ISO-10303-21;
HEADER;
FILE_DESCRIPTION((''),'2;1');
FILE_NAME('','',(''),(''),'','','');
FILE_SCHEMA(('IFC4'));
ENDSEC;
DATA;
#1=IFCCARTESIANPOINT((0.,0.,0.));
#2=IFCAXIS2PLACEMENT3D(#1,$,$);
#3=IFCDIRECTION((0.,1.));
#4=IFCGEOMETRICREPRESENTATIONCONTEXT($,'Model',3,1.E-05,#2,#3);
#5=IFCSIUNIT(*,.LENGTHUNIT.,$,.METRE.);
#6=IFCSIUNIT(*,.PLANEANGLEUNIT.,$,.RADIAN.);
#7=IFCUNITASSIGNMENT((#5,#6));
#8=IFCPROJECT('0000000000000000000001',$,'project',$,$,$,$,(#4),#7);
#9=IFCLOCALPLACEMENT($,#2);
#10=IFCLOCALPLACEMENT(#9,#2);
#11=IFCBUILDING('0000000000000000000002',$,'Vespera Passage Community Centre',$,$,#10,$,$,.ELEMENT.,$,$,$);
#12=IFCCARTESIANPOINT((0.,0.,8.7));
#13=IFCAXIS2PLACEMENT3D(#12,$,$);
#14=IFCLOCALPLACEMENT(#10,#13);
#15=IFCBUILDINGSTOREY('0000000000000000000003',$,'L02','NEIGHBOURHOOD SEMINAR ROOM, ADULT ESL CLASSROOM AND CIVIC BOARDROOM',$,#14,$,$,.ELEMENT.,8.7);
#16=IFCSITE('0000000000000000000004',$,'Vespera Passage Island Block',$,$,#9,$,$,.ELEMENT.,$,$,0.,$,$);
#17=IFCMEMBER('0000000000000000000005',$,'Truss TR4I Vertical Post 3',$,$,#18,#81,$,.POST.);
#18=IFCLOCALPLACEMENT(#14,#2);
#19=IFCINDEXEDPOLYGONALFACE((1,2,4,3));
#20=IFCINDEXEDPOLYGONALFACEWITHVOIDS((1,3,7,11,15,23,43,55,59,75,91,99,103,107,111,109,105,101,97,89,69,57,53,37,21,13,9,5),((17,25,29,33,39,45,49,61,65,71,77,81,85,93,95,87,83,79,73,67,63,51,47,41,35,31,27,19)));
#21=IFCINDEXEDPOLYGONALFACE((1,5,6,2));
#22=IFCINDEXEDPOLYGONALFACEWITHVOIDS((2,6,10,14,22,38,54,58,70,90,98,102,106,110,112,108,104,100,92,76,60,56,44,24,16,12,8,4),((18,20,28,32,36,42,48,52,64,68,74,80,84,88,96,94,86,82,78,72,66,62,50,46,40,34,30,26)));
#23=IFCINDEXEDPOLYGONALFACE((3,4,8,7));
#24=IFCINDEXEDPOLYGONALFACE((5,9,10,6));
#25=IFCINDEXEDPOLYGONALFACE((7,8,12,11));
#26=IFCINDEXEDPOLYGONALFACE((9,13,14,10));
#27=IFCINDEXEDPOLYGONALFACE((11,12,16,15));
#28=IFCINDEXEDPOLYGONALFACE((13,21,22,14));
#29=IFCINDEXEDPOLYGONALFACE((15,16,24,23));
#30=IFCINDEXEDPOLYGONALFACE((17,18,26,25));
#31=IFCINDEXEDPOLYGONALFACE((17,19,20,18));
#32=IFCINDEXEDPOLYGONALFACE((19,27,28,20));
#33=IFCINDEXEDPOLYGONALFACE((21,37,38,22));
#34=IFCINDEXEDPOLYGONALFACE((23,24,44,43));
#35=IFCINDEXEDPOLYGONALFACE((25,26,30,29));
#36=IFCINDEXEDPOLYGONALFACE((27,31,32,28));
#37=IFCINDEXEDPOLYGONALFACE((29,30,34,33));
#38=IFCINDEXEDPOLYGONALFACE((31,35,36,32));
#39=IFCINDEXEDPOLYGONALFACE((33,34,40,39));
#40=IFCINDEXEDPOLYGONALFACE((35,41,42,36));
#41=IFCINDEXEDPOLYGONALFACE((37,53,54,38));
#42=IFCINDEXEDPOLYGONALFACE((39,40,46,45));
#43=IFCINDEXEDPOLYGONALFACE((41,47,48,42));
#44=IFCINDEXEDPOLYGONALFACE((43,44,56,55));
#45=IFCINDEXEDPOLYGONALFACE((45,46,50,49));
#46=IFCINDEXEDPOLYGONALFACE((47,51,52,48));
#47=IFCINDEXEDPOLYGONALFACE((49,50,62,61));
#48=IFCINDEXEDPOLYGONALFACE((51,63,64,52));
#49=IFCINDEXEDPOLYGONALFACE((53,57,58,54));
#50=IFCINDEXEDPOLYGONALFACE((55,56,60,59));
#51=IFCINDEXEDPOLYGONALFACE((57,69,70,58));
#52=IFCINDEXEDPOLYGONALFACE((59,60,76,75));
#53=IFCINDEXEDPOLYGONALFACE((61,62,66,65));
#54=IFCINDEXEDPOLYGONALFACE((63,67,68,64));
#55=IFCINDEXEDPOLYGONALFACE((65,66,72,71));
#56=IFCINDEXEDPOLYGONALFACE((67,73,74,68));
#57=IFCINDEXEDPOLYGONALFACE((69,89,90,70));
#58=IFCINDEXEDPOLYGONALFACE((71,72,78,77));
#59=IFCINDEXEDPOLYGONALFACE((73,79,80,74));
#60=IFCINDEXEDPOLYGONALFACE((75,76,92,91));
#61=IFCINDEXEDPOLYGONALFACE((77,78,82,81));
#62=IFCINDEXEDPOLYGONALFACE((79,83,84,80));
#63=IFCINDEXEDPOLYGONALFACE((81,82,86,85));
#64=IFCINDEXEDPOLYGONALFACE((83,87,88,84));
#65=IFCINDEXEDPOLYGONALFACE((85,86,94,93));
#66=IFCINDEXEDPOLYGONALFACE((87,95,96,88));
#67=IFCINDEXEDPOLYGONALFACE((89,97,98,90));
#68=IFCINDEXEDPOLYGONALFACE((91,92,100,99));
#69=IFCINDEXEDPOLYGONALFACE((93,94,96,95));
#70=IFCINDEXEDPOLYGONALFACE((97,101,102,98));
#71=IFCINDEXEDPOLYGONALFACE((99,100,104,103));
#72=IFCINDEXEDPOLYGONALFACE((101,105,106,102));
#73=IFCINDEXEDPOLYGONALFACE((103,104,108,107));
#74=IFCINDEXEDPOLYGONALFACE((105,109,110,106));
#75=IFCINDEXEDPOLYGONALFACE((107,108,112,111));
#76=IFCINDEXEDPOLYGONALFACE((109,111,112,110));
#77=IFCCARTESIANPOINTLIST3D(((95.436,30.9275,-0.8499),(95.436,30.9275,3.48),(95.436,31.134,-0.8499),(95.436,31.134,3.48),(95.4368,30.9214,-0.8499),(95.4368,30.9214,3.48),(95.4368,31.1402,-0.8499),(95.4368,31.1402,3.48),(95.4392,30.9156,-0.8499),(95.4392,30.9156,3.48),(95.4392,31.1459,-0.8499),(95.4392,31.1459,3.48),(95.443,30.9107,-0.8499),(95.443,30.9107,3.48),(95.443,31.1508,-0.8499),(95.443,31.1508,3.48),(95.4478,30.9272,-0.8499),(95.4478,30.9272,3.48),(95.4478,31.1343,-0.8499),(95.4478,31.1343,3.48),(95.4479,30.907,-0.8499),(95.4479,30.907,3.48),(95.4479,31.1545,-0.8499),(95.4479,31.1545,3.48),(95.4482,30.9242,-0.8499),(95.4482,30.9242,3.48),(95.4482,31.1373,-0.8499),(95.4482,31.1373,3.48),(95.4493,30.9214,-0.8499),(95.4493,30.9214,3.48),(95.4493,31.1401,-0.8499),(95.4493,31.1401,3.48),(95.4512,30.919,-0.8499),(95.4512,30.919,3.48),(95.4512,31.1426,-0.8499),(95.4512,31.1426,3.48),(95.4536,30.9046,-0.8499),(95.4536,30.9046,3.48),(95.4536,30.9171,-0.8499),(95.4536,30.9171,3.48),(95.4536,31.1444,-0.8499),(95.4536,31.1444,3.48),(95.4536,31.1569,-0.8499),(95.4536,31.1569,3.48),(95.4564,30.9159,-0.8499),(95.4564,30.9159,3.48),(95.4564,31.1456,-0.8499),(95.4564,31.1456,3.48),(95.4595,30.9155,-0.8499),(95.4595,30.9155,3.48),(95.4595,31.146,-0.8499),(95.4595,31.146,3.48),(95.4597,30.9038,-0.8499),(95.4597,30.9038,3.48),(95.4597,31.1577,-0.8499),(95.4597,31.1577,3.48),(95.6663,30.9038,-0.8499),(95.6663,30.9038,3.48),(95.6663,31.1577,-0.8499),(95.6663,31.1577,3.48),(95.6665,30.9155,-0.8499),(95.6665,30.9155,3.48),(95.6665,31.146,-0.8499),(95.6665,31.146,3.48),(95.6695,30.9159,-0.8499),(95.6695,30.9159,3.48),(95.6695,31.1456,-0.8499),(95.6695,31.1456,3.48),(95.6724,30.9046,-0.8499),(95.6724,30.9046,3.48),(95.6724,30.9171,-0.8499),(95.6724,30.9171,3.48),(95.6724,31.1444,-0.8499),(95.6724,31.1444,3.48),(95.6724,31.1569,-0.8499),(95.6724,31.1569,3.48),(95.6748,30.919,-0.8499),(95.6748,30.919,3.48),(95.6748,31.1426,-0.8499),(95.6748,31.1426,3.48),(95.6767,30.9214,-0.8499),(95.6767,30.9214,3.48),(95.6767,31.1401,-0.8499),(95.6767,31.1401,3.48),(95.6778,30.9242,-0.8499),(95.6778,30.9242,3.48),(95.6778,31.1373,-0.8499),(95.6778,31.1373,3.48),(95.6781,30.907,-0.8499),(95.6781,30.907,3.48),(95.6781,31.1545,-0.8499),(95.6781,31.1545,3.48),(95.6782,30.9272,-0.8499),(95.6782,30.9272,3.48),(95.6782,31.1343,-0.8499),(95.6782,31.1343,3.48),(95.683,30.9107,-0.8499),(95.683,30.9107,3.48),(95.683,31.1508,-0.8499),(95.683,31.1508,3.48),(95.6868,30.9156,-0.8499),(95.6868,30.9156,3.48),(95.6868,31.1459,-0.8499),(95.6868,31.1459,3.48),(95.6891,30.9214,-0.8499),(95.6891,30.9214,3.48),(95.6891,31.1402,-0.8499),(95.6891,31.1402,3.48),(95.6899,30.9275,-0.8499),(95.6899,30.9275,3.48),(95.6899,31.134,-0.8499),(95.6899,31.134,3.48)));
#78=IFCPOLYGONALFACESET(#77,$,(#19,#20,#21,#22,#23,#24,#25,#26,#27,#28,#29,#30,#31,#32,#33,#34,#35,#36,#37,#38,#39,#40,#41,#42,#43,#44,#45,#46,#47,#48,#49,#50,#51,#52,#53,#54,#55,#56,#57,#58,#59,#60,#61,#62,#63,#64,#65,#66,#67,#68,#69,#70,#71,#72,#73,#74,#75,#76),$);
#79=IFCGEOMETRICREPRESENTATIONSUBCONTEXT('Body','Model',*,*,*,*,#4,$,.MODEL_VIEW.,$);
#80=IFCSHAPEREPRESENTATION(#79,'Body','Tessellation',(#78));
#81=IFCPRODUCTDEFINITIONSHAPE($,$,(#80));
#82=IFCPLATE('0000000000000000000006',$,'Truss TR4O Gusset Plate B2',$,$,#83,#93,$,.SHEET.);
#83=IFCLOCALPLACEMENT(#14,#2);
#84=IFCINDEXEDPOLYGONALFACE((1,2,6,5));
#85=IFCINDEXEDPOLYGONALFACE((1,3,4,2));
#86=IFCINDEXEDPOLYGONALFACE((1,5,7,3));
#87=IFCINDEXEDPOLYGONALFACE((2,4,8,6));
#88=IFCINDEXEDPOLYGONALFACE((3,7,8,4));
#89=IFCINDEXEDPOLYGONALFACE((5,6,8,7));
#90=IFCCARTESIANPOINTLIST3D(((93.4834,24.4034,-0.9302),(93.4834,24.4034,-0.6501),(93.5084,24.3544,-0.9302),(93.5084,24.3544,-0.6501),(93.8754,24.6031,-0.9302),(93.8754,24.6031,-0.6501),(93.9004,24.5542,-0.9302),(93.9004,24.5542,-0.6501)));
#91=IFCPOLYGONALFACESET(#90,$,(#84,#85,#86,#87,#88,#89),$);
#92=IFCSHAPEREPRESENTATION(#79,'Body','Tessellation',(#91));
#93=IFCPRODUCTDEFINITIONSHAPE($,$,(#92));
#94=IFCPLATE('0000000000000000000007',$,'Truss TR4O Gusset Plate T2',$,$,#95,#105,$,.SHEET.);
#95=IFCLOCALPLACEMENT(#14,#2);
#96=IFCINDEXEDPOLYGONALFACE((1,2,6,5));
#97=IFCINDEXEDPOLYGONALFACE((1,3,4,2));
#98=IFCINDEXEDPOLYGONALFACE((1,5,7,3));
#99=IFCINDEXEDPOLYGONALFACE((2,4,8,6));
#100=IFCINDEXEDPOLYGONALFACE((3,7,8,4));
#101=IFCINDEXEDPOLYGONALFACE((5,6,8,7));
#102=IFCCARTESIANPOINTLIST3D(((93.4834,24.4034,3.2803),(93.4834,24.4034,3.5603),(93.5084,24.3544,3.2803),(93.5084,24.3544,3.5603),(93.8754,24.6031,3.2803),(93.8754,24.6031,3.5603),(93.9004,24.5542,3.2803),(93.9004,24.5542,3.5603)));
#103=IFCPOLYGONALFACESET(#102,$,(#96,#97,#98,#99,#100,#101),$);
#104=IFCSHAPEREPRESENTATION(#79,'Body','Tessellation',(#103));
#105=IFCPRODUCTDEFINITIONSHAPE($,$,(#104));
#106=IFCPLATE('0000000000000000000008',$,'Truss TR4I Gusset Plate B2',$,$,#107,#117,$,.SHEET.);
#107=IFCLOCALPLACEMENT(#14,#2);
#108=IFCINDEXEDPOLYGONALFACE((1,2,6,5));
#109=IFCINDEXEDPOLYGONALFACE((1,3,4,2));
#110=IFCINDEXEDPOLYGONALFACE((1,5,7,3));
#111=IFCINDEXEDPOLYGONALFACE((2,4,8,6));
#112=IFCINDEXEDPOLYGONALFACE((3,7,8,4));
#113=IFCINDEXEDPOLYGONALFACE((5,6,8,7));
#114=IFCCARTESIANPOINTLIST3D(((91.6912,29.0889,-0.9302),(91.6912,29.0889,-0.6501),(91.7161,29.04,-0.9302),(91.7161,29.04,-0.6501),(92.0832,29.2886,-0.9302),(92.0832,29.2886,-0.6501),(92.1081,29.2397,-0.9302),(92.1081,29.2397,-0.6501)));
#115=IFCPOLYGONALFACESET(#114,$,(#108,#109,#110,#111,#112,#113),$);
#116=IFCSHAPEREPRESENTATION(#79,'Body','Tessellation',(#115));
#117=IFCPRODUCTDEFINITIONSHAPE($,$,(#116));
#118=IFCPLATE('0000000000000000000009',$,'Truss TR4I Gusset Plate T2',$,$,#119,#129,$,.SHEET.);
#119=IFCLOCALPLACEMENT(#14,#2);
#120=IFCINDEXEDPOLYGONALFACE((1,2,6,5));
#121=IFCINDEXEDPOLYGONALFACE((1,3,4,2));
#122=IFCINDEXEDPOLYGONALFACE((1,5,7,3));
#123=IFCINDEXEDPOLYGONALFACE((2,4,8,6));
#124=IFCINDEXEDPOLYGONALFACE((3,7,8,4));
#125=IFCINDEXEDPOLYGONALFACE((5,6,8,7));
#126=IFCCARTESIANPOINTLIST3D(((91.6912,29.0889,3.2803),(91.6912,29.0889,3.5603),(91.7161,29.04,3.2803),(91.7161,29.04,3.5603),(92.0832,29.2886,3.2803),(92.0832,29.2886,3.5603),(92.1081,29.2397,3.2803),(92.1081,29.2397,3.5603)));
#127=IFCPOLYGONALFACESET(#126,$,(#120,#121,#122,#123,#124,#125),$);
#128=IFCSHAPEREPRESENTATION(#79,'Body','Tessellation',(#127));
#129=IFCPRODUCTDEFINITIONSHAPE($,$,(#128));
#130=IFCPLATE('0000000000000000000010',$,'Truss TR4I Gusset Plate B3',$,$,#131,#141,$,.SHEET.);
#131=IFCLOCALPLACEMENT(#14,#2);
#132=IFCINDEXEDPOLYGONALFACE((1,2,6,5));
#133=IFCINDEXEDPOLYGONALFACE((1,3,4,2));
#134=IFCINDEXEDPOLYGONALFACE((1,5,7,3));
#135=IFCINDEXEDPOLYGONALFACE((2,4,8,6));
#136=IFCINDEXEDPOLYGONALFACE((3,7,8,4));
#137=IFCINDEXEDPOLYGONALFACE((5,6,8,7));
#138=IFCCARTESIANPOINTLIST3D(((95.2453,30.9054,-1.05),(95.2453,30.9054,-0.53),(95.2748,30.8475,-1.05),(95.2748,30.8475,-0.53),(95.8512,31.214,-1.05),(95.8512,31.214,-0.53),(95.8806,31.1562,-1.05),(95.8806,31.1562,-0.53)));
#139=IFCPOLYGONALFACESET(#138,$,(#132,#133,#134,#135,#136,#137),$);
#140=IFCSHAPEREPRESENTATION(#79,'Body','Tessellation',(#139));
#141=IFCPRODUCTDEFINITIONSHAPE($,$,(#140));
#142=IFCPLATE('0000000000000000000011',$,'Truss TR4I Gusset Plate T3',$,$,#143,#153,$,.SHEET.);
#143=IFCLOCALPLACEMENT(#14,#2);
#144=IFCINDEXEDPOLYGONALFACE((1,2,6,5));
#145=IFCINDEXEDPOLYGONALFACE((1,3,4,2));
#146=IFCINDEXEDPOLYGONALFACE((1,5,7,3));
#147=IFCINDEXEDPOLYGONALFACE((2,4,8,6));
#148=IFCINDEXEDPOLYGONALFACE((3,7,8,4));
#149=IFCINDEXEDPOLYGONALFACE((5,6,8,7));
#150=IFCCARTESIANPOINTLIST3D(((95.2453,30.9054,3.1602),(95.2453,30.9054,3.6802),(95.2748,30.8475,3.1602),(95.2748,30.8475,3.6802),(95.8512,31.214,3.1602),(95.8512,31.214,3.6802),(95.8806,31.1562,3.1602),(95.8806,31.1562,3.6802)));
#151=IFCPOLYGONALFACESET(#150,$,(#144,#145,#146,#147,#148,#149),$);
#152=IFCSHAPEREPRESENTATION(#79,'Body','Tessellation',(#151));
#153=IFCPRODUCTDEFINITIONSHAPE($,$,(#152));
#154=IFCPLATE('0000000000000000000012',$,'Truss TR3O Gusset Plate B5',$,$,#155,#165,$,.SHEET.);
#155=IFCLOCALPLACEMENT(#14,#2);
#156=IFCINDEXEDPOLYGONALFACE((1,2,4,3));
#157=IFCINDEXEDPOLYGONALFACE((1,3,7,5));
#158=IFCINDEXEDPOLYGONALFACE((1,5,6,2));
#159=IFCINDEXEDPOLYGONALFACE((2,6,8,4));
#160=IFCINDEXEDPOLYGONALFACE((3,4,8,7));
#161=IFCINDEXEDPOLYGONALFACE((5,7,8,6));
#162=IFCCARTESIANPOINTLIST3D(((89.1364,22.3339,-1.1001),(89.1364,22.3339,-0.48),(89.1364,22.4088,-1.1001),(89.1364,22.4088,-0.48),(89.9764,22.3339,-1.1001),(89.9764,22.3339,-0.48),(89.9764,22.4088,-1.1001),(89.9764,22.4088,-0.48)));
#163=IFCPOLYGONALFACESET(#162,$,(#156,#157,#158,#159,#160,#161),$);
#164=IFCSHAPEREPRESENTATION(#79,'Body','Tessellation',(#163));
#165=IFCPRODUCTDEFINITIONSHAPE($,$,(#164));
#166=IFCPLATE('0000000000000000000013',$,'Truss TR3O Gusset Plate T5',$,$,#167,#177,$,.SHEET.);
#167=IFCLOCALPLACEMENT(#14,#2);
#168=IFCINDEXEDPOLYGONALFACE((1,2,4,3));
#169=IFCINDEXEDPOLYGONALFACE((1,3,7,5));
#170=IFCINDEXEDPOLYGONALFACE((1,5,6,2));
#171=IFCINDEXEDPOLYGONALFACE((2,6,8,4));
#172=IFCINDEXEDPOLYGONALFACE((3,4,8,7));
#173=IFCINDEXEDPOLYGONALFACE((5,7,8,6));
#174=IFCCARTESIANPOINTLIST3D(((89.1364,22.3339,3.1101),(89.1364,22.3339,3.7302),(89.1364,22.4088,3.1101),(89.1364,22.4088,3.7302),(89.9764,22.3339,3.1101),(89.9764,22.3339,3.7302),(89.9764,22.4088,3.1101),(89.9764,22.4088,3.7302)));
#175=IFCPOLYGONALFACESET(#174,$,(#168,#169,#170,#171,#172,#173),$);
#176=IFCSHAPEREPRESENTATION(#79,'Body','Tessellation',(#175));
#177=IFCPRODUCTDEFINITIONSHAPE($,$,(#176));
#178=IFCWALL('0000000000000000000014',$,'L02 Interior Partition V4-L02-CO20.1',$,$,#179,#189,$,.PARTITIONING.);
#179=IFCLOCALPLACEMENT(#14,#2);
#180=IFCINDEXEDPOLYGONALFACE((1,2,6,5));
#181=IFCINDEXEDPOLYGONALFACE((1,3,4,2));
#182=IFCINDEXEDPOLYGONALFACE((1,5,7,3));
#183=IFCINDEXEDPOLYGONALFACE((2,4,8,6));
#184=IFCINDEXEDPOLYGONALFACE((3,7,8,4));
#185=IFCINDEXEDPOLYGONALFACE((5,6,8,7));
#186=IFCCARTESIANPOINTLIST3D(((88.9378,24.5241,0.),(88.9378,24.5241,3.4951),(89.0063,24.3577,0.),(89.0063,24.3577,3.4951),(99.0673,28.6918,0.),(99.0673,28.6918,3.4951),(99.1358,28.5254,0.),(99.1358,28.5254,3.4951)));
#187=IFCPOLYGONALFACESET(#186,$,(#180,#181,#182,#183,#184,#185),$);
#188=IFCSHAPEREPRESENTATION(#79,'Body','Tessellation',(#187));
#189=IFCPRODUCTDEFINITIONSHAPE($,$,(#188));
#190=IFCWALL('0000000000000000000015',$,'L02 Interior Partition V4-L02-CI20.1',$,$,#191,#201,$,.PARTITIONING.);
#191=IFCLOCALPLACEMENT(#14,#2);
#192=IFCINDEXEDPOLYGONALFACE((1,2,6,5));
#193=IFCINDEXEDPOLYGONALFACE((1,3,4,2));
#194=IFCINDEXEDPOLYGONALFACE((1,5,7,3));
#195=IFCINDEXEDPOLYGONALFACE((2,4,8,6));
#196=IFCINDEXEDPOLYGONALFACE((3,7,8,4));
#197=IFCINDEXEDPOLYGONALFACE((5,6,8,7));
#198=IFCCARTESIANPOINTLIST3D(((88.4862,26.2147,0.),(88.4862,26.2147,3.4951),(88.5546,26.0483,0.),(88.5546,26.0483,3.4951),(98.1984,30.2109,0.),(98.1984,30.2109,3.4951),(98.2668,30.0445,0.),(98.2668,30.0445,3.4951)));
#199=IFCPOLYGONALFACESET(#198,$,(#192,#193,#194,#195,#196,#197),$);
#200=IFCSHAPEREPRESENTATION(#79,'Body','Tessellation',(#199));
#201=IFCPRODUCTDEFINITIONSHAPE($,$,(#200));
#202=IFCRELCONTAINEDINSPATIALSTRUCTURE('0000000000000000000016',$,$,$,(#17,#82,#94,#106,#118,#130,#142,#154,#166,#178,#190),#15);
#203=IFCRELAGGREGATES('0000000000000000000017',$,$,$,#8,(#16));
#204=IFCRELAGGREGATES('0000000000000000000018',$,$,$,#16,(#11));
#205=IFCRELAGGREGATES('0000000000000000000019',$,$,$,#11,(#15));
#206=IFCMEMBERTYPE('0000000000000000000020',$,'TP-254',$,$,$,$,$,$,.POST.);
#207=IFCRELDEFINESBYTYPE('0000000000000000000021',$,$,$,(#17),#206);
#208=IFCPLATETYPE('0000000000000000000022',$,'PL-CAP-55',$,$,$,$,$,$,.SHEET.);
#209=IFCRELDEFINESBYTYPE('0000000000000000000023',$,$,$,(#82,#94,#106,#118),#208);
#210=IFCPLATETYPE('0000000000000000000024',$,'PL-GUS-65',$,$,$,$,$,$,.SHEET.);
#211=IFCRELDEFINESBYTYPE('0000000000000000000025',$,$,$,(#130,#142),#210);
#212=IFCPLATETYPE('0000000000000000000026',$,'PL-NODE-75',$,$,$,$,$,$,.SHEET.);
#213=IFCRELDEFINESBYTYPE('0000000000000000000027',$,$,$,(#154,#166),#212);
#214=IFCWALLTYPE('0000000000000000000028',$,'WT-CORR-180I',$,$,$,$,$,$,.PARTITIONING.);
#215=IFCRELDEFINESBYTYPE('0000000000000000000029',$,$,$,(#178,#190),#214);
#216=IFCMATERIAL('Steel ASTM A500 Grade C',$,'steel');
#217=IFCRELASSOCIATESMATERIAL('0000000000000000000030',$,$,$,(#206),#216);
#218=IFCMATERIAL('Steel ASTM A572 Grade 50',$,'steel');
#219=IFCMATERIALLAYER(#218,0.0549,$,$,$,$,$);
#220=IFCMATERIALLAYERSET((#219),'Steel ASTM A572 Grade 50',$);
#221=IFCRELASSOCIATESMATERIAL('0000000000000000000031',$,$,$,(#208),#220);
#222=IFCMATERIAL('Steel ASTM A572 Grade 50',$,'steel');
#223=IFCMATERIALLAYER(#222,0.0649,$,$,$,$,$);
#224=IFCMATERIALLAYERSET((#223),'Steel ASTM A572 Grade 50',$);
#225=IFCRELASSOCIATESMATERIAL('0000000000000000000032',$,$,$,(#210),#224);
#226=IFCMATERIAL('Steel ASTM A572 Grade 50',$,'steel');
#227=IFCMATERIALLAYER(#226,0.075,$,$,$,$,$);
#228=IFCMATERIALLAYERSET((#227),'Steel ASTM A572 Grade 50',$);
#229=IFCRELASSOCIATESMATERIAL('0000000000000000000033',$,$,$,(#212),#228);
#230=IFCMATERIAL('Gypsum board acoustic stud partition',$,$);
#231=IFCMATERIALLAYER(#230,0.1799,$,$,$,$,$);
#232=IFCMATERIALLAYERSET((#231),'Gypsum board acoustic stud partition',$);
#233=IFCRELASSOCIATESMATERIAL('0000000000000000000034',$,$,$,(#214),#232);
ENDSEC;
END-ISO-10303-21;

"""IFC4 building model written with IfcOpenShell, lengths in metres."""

from ifc_helpers import new_model, si_unit, direction, frame, frame_2d, origin, origin_2d, place, context, subcontext, project, spatial, rectangle, hollow_rectangle, extrude, material, layer, layer_set, material_profile, profile_set, type_object, element, save


model = new_model("IFC4")

# Units and contexts
model_context = context("Model", 3, precision=1e-05, world=origin(), true_north=direction((0.0, 1.0)))
body_context = subcontext(model_context, "Body", "Model", "MODEL_VIEW")
ifc_project = project(units=[si_unit("LENGTHUNIT", "METRE"), si_unit("PLANEANGLEUNIT", "RADIAN")], contexts=[model_context])

# Site, building, storey
site_placement = place(None, origin())
site = spatial("IfcSite", under=ifc_project, at=site_placement, Name="Vespera Passage Island Block", CompositionType="ELEMENT", RefElevation=0.0)
building_placement = place(site_placement, origin())
building = spatial("IfcBuilding", under=site, at=building_placement, Name="Vespera Passage Community Centre", CompositionType="ELEMENT")
storey_placement = place(building_placement, frame((0.0, 0.0, 8.7)))
storey = spatial("IfcBuildingStorey", under=building, at=storey_placement, Name="L02", Description="NEIGHBOURHOOD SEMINAR ROOM, ADULT ESL CLASSROOM AND CIVIC BOARDROOM", CompositionType="ELEMENT", Elevation=8.7)

# Member
ifc_material_1 = material(Name="Steel ASTM A500 Grade C", Category="steel")
ifc_material_profile_1 = material_profile(ifc_material_1, hollow_rectangle(XDim=0.2539, YDim=0.2539, WallThickness=0.0117, InnerFilletRadius=0.0117, OuterFilletRadius=0.0237, at=origin_2d()), Name="HSS254X254X12.7")
ifc_profile_set_1 = profile_set([ifc_material_profile_1], Name="Steel ASTM A500 Grade C")
member_type_1 = type_object("IfcMemberType", Name="TP-254", PredefinedType="POST", material=ifc_profile_set_1)
for number, where, z_axis, x_axis, name in (
    (1, (95.563, 31.0308, -0.8499), (0.0, 0.0, 1.0), (1.0, 0.0, 0.0), "Truss TR4I Vertical Post 3"),
):
    element("IfcMember", number, at=place(storey_placement, frame(where, z_axis=z_axis, x_axis=x_axis)), inside=storey, type_object=member_type_1, Name=name, PredefinedType="POST", context=body_context, shape_type="SweptSolid", body=[
        extrude(hollow_rectangle(XDim=0.2539, YDim=0.2539, WallThickness=0.0117, InnerFilletRadius=0.0117, OuterFilletRadius=0.0237, at=origin_2d()), origin(), (0.0, 0.0, 1.0), 4.3298),
    ])

# Plates
ifc_material_2 = material(Name="Steel ASTM A572 Grade 50", Category="steel")
ifc_layer_1 = layer(ifc_material_2, 0.0549)
ifc_layer_set_1 = layer_set([ifc_layer_1], Name="Steel ASTM A572 Grade 50")
plate_type_1 = type_object("IfcPlateType", Name="PL-CAP-55", PredefinedType="SHEET", material=ifc_layer_set_1)
for number, where, z_axis, x_axis, name in (
    (2, (93.6919, 24.4788, -0.9302), (0.0, 0.0, 1.0), (0.891007, 0.45399, 0.0), "Truss TR4O Gusset Plate B2"),
    (3, (93.6919, 24.4788, 3.2803), (0.0, 0.0, 1.0), (0.891007, 0.45399, 0.0), "Truss TR4O Gusset Plate T2"),
    (4, (91.8997, 29.1643, -0.9302), (0.0, 0.0, 1.0), (0.891007, 0.45399, 0.0), "Truss TR4I Gusset Plate B2"),
    (5, (91.8997, 29.1643, 3.2803), (0.0, 0.0, 1.0), (0.891007, 0.45399, 0.0), "Truss TR4I Gusset Plate T2"),
):
    element("IfcPlate", number, at=place(storey_placement, frame(where, z_axis=z_axis, x_axis=x_axis)), inside=storey, type_object=plate_type_1, Name=name, PredefinedType="SHEET", context=body_context, shape_type="SweptSolid", body=[
        extrude(rectangle(XDim=0.4399, YDim=0.0549, at=origin_2d()), origin(), (0.0, 0.0, 1.0), 0.28),
    ])
ifc_material_3 = material(Name="Steel ASTM A572 Grade 50", Category="steel")
ifc_layer_2 = layer(ifc_material_3, 0.0649)
ifc_layer_set_2 = layer_set([ifc_layer_2], Name="Steel ASTM A572 Grade 50")
plate_type_2 = type_object("IfcPlateType", Name="PL-GUS-65", PredefinedType="SHEET", material=ifc_layer_set_2)
for number, where, z_axis, x_axis, name in (
    (6, (95.563, 31.0308, -1.05), (0.0, 0.0, 1.0), (0.891007, 0.45399, 0.0), "Truss TR4I Gusset Plate B3"),
    (7, (95.563, 31.0308, 3.1602), (0.0, 0.0, 1.0), (0.891007, 0.45399, 0.0), "Truss TR4I Gusset Plate T3"),
):
    element("IfcPlate", number, at=place(storey_placement, frame(where, z_axis=z_axis, x_axis=x_axis)), inside=storey, type_object=plate_type_2, Name=name, PredefinedType="SHEET", context=body_context, shape_type="SweptSolid", body=[
        extrude(rectangle(XDim=0.6799, YDim=0.0649, at=origin_2d()), origin(), (0.0, 0.0, 1.0), 0.52),
    ])
ifc_material_4 = material(Name="Steel ASTM A572 Grade 50", Category="steel")
ifc_layer_3 = layer(ifc_material_4, 0.075)
ifc_layer_set_3 = layer_set([ifc_layer_3], Name="Steel ASTM A572 Grade 50")
plate_type_3 = type_object("IfcPlateType", Name="PL-NODE-75", PredefinedType="SHEET", material=ifc_layer_set_3)
for number, where, z_axis, x_axis, name in (
    (8, (89.5564, 22.3713, -1.1001), (0.0, 0.0, 1.0), (1.0, 0.0, 0.0), "Truss TR3O Gusset Plate B5"),
    (9, (89.5564, 22.3713, 3.1101), (0.0, 0.0, 1.0), (1.0, 0.0, 0.0), "Truss TR3O Gusset Plate T5"),
):
    element("IfcPlate", number, at=place(storey_placement, frame(where, z_axis=z_axis, x_axis=x_axis)), inside=storey, type_object=plate_type_3, Name=name, PredefinedType="SHEET", context=body_context, shape_type="SweptSolid", body=[
        extrude(rectangle(XDim=0.8401, YDim=0.075, at=origin_2d()), origin(), (0.0, 0.0, 1.0), 0.6201),
    ])

# Walls
ifc_material_5 = material(Name="Gypsum board acoustic stud partition")
ifc_layer_4 = layer(ifc_material_5, 0.1799)
ifc_layer_set_4 = layer_set([ifc_layer_4], Name="Gypsum board acoustic stud partition")
wall_type_1 = type_object("IfcWallType", Name="WT-CORR-180I", PredefinedType="PARTITIONING", material=ifc_layer_set_4)
wall_1_placement = place(storey_placement, frame((88.9722, 24.4409, 0.0), z_axis=(0.0, 0.0, 1.0), x_axis=(0.924781, 0.3805, 0.0)))
element("IfcWall", 10, at=wall_1_placement, inside=storey, type_object=wall_type_1, Name="L02 Interior Partition V4-L02-CO20.1", PredefinedType="PARTITIONING", context=body_context, shape_type="SweptSolid", body=[
    extrude(rectangle(XDim=10.9534, YDim=0.1799, at=frame_2d((5.4766, 0.0))), origin(), (0.0, 0.0, 1.0), 3.4951),
])
wall_2_placement = place(storey_placement, frame((88.5205, 26.1316, 0.0), z_axis=(0.0, 0.0, 1.0), x_axis=(0.92478, 0.380503, 0.0)))
element("IfcWall", 11, at=wall_2_placement, inside=storey, type_object=wall_type_1, Name="L02 Interior Partition V4-L02-CI20.1", PredefinedType="PARTITIONING", context=body_context, shape_type="SweptSolid", body=[
    extrude(rectangle(XDim=10.5022, YDim=0.1799, at=frame_2d((5.251, 0.0))), origin(), (0.0, 0.0, 1.0), 3.4951),
])

save(model, "model.ifc")
